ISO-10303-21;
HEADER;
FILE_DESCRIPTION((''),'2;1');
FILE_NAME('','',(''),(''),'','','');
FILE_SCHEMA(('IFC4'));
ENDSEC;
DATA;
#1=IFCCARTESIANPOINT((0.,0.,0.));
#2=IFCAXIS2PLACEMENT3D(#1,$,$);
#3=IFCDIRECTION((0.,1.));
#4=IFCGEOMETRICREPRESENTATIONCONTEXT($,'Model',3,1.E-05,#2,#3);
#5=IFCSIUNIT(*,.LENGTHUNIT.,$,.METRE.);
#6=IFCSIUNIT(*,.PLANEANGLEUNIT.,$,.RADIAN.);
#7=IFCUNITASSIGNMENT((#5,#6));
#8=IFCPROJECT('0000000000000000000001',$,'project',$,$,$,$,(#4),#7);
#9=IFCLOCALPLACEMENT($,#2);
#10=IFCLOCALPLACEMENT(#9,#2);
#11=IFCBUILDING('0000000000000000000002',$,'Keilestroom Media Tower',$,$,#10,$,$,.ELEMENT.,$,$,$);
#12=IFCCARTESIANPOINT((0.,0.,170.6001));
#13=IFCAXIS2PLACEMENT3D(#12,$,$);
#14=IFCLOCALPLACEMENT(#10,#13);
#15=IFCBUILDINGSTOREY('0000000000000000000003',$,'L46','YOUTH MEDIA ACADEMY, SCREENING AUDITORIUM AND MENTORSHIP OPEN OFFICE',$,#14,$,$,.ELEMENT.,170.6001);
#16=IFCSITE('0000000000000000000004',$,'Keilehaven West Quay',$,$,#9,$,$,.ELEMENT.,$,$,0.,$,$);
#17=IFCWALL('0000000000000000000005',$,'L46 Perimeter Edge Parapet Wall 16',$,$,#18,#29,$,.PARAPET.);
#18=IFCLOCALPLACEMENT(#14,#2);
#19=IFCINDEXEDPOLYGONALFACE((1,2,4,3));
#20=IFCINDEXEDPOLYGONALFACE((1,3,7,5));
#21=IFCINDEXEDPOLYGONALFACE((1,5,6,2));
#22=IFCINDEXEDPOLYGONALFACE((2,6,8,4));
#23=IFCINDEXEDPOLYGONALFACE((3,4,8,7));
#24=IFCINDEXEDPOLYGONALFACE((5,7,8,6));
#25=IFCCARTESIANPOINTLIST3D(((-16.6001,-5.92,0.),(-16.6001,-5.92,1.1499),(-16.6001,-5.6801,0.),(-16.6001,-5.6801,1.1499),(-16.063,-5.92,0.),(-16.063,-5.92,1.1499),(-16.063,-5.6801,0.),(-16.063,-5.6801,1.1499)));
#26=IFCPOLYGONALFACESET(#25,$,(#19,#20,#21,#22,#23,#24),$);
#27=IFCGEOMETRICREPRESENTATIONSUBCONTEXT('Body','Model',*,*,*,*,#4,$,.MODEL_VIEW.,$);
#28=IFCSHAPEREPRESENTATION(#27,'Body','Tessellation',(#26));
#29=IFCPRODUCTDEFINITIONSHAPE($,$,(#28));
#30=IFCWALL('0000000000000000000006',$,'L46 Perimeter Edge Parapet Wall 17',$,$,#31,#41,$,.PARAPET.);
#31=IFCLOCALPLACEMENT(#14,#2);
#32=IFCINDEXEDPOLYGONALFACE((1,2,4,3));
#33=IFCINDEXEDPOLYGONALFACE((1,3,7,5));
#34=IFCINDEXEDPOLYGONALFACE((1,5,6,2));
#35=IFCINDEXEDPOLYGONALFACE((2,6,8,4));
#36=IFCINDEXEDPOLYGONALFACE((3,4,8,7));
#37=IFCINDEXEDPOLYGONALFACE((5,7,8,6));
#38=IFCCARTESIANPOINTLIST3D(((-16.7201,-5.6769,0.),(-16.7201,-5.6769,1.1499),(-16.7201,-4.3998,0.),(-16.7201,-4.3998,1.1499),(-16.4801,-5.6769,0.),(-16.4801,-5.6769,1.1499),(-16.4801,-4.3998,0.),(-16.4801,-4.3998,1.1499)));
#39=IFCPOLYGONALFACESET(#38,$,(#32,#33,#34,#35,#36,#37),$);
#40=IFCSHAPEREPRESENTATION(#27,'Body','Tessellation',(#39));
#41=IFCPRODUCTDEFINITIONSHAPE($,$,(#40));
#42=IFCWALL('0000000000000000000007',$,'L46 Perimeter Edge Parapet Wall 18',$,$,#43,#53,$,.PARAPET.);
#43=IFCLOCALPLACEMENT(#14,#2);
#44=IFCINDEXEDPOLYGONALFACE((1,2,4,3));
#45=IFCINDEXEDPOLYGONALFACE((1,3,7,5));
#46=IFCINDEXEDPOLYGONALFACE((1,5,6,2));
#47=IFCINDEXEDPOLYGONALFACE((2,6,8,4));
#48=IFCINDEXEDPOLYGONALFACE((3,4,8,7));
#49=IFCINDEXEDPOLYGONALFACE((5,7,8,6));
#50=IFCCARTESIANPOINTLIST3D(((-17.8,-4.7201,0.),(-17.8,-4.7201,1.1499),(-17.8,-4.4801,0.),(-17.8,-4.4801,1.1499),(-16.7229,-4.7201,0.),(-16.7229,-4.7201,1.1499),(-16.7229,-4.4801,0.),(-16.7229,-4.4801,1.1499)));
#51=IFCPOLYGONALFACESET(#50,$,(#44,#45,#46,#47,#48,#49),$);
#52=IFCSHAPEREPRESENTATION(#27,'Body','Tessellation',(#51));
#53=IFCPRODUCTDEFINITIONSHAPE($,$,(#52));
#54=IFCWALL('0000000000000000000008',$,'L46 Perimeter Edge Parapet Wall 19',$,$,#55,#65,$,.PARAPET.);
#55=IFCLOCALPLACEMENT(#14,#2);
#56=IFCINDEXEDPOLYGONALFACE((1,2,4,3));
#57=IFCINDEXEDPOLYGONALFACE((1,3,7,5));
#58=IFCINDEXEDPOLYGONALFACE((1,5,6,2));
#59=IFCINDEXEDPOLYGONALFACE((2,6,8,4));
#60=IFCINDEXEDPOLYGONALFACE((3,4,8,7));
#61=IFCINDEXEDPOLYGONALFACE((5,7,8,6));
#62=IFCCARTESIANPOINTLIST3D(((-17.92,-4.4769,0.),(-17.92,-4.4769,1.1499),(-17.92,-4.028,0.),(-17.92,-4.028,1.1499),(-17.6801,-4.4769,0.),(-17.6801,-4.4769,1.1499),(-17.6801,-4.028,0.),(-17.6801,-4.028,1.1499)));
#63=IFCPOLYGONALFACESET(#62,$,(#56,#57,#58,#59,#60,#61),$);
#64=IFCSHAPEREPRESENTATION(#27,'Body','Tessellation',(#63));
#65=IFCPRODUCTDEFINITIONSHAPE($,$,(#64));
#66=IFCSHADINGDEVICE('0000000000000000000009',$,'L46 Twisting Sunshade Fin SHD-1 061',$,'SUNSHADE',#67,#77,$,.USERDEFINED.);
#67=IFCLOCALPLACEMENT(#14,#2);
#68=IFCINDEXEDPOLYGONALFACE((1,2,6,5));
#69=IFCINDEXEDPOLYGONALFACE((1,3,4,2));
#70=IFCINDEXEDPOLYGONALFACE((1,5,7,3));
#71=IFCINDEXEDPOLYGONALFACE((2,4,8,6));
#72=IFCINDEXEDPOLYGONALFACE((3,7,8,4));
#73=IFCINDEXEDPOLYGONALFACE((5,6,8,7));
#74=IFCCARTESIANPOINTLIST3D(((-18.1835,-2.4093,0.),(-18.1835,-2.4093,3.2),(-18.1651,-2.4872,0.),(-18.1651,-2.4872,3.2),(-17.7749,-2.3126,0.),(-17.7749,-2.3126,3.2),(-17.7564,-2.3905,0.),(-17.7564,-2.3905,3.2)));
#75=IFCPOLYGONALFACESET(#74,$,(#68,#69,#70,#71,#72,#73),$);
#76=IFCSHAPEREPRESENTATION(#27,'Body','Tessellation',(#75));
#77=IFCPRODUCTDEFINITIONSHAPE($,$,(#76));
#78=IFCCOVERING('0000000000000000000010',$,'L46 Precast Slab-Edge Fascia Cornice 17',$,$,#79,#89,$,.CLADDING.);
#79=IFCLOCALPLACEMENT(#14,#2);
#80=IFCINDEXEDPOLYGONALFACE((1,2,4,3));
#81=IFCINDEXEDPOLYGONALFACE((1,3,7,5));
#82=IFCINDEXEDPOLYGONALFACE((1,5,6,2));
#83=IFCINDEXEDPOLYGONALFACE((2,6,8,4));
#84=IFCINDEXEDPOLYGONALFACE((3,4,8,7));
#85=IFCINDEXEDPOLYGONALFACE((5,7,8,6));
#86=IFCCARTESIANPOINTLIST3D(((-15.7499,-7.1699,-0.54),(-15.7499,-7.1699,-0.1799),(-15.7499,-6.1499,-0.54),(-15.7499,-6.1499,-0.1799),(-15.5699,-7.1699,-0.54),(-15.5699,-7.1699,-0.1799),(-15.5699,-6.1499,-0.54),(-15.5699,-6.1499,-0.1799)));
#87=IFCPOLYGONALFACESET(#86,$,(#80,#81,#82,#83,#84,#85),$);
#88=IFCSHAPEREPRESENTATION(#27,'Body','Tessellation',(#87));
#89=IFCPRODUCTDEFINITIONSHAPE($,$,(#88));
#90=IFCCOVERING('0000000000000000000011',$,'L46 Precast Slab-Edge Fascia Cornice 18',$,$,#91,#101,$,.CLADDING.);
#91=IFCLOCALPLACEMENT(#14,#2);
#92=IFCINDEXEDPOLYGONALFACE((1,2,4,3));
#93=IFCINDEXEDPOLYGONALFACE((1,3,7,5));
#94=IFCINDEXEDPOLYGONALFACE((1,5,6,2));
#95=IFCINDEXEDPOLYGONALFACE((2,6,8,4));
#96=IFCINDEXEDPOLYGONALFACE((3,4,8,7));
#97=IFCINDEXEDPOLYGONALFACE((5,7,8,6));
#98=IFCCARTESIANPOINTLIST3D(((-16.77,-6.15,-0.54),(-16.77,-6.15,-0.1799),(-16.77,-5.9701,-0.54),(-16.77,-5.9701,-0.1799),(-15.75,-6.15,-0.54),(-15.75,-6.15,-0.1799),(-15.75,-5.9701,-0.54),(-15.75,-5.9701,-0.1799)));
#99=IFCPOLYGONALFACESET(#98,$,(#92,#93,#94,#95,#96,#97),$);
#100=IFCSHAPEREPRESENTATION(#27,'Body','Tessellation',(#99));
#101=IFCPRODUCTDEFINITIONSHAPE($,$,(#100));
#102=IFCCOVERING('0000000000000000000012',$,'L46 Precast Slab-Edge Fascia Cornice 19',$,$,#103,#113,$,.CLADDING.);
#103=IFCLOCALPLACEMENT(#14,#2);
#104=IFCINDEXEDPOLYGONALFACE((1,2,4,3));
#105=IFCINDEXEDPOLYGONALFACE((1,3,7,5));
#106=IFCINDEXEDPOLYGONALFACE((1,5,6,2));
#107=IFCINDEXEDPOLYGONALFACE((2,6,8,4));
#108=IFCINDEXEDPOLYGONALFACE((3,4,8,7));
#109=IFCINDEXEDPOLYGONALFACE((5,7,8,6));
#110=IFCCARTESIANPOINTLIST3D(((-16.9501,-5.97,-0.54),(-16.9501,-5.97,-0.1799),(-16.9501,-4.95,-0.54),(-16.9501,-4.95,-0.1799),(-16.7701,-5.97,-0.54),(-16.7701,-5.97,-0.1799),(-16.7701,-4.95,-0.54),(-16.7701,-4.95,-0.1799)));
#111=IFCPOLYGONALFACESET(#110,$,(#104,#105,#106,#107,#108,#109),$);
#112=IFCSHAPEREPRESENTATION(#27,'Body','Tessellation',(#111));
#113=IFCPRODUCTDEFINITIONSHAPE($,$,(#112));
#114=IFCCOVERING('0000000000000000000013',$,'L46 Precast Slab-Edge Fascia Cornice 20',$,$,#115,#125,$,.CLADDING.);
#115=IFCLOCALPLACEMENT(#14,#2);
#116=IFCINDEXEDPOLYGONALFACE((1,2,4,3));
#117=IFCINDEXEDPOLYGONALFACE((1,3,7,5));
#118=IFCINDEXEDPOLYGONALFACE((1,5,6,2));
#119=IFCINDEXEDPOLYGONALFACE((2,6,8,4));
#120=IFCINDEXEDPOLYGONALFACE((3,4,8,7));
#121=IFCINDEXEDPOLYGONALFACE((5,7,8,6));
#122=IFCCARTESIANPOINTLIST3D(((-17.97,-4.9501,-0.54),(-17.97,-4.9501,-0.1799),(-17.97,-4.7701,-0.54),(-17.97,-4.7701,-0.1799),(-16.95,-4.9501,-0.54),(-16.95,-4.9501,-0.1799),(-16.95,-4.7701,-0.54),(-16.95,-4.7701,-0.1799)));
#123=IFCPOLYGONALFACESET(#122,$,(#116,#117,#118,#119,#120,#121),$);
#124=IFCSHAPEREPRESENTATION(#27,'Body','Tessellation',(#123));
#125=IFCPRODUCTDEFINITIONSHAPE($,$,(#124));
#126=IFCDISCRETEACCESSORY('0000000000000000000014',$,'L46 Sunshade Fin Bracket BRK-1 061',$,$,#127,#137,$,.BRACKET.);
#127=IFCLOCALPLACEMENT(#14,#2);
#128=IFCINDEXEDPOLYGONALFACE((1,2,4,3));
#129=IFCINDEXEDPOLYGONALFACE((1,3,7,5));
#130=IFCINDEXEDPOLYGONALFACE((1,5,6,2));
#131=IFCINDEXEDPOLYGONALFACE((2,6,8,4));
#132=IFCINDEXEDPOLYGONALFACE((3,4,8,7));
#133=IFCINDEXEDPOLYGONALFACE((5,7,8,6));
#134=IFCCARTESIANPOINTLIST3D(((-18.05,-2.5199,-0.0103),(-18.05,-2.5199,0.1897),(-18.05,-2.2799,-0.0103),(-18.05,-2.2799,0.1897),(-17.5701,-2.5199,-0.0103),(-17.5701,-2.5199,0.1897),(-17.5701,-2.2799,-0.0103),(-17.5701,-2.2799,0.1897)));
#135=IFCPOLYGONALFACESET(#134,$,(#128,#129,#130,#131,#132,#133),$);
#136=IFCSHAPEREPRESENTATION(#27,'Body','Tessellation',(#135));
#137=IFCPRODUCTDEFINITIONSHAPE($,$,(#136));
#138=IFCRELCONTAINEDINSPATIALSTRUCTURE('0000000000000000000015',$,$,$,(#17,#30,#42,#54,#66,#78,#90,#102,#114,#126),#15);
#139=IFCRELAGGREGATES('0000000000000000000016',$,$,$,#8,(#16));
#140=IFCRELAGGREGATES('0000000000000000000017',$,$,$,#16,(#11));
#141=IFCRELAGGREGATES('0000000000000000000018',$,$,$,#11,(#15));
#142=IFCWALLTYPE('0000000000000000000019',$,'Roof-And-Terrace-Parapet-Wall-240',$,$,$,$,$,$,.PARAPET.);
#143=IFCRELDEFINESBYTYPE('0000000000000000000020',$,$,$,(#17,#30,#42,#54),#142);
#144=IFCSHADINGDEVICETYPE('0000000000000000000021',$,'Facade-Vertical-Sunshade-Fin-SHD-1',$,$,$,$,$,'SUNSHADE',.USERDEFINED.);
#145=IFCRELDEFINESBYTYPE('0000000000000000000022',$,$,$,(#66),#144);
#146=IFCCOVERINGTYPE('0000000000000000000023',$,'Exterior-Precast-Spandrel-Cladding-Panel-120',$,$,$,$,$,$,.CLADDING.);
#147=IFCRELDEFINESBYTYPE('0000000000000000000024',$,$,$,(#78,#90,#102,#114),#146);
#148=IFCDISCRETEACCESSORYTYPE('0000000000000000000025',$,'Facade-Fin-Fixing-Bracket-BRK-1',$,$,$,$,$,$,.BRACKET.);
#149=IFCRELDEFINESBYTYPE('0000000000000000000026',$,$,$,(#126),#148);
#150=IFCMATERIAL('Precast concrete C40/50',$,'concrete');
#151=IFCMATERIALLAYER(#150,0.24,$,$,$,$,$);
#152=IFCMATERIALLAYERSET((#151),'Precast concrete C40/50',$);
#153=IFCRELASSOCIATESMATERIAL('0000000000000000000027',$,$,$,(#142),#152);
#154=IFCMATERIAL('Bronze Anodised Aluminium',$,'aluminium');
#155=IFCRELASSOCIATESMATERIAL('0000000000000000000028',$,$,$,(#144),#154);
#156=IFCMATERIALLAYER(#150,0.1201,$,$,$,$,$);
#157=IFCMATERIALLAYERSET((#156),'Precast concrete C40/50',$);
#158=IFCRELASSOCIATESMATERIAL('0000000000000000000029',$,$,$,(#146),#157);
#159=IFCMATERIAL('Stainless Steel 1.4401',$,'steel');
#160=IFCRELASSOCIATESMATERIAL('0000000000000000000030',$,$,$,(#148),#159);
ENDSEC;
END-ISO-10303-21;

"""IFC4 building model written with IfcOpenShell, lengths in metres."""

from ifc_helpers import new_model, si_unit, direction, frame, frame_2d, origin, origin_2d, place, context, subcontext, project, spatial, rectangle, extrude, source, transform, mapped, material, layer, layer_set, type_object, element, save


model = new_model("IFC4")

# Units and contexts
model_context = context("Model", 3, precision=1e-05, world=origin(), true_north=direction((0.0, 1.0)))
body_context = subcontext(model_context, "Body", "Model", "MODEL_VIEW")
ifc_project = project(units=[si_unit("LENGTHUNIT", "METRE"), si_unit("PLANEANGLEUNIT", "RADIAN")], contexts=[model_context])

# Site, building, storey
site_placement = place(None, origin())
site = spatial("IfcSite", under=ifc_project, at=site_placement, Name="Keilehaven West Quay", CompositionType="ELEMENT", RefElevation=0.0)
building_placement = place(site_placement, origin())
building = spatial("IfcBuilding", under=site, at=building_placement, Name="Keilestroom Media Tower", CompositionType="ELEMENT")
storey_placement = place(building_placement, frame((0.0, 0.0, 170.6001)))
storey = spatial("IfcBuildingStorey", under=building, at=storey_placement, Name="L46", Description="YOUTH MEDIA ACADEMY, SCREENING AUDITORIUM AND MENTORSHIP OPEN OFFICE", CompositionType="ELEMENT", Elevation=170.6001)

# Shared definitions
ifc_material_1 = material(Name="Precast concrete C40/50", Category="concrete")

# Walls
ifc_layer_1 = layer(ifc_material_1, 0.24)
ifc_layer_set_1 = layer_set([ifc_layer_1], Name="Precast concrete C40/50")
wall_type_1 = type_object("IfcWallType", Name="Roof-And-Terrace-Parapet-Wall-240", PredefinedType="PARAPET", material=ifc_layer_set_1)
wall_1_placement = place(storey_placement, frame((-16.063, -5.8, 0.0), z_axis=(0.0, 0.0, 1.0), x_axis=(-1.0, 0.0, 0.0)))
element("IfcWall", 1, at=wall_1_placement, inside=storey, type_object=wall_type_1, Name="L46 Perimeter Edge Parapet Wall 16", PredefinedType="PARAPET", context=body_context, shape_type="SweptSolid", body=[
    extrude(rectangle(XDim=0.5371, YDim=0.24, at=frame_2d((0.2686, 0.0))), origin(), (0.0, 0.0, 1.0), 1.1499),
])
wall_2_placement = place(storey_placement, frame((-16.6001, -5.677, 0.0), z_axis=(0.0, 0.0, 1.0), x_axis=(0.0, 1.0, 0.0)))
element("IfcWall", 2, at=wall_2_placement, inside=storey, type_object=wall_type_1, Name="L46 Perimeter Edge Parapet Wall 17", PredefinedType="PARAPET", context=body_context, shape_type="SweptSolid", body=[
    extrude(rectangle(XDim=1.2771, YDim=0.24, at=frame_2d((0.6387, 0.0))), origin(), (0.0, 0.0, 1.0), 1.1499),
])
wall_3_placement = place(storey_placement, frame((-16.7229, -4.6001, 0.0), z_axis=(0.0, 0.0, 1.0), x_axis=(-1.0, 0.0, 0.0)))
element("IfcWall", 3, at=wall_3_placement, inside=storey, type_object=wall_type_1, Name="L46 Perimeter Edge Parapet Wall 18", PredefinedType="PARAPET", context=body_context, shape_type="SweptSolid", body=[
    extrude(rectangle(XDim=1.0771, YDim=0.24, at=frame_2d((0.5386, 0.0))), origin(), (0.0, 0.0, 1.0), 1.1499),
])
wall_4_placement = place(storey_placement, frame((-17.8, -4.4771, 0.0), z_axis=(0.0, 0.0, 1.0), x_axis=(0.0, 1.0, 0.0)))
element("IfcWall", 4, at=wall_4_placement, inside=storey, type_object=wall_type_1, Name="L46 Perimeter Edge Parapet Wall 19", PredefinedType="PARAPET", context=body_context, shape_type="SweptSolid", body=[
    extrude(rectangle(XDim=0.449, YDim=0.24, at=frame_2d((0.2246, 0.0))), origin(), (0.0, 0.0, 1.0), 1.1499),
])

# Shading device
ifc_material_2 = material(Name="Bronze Anodised Aluminium", Category="aluminium")
shading_device_type = type_object("IfcShadingDeviceType", Name="Facade-Vertical-Sunshade-Fin-SHD-1", ElementType="SUNSHADE", PredefinedType="USERDEFINED", material=ifc_material_2)
shared_shape_1 = source(origin(), body_context, "Body", "SweptSolid", [
    extrude(rectangle(XDim=0.4199, YDim=0.0801, at=origin_2d()), origin(), (0.0, 0.0, 1.0), 3.2),
])
shading_device_placement = place(storey_placement, frame((-17.97, -2.3999, 0.0), z_axis=(0.0, 0.0, 1.0), x_axis=(0.973099, 0.230389, 0.0)))
element("IfcShadingDevice", 5, at=shading_device_placement, inside=storey, type_object=shading_device_type, Name="L46 Twisting Sunshade Fin SHD-1 061", ObjectType="SUNSHADE", PredefinedType="USERDEFINED", context=body_context, shape_type="MappedRepresentation", body=[
    mapped(shared_shape_1, transform((0.0, 0.0, 0.0), x_axis=(1.0, 0.0, 0.0), y_axis=(0.0, 1.0, 0.0), z_axis=(0.0, 0.0, 1.0), scale=1.0)),
])

# Coverings
ifc_layer_2 = layer(ifc_material_1, 0.1201)
ifc_layer_set_2 = layer_set([ifc_layer_2], Name="Precast concrete C40/50")
covering_type = type_object("IfcCoveringType", Name="Exterior-Precast-Spandrel-Cladding-Panel-120", PredefinedType="CLADDING", material=ifc_layer_set_2)
shared_shape_2 = source(origin(), body_context, "Body", "SweptSolid", [
    extrude(rectangle(XDim=1.02, YDim=0.1799, at=origin_2d()), origin(), (0.0, 0.0, 1.0), 0.3601),
])
for number, where, z_axis, x_axis, name in (
    (6, (-15.6599, -6.6599, -0.54), (0.0, 0.0, 1.0), (0.0, 1.0, 0.0), "L46 Precast Slab-Edge Fascia Cornice 17"),
    (7, (-16.26, -6.0601, -0.54), (0.0, 0.0, 1.0), (-1.0, 0.0, 0.0), "L46 Precast Slab-Edge Fascia Cornice 18"),
    (8, (-16.8601, -5.46, -0.54), (0.0, 0.0, 1.0), (0.0, 1.0, 0.0), "L46 Precast Slab-Edge Fascia Cornice 19"),
    (9, (-17.46, -4.8601, -0.54), (0.0, 0.0, 1.0), (-1.0, 0.0, 0.0), "L46 Precast Slab-Edge Fascia Cornice 20"),
):
    element("IfcCovering", number, at=place(storey_placement, frame(where, z_axis=z_axis, x_axis=x_axis)), inside=storey, type_object=covering_type, Name=name, PredefinedType="CLADDING", context=body_context, shape_type="MappedRepresentation", body=[
        mapped(shared_shape_2, transform((0.0, 0.0, 0.0), x_axis=(1.0, 0.0, 0.0), y_axis=(0.0, 1.0, 0.0), z_axis=(0.0, 0.0, 1.0), scale=1.0)),
    ])

# Discrete accessory
ifc_material_3 = material(Name="Stainless Steel 1.4401", Category="steel")
discrete_accessory_type = type_object("IfcDiscreteAccessoryType", Name="Facade-Fin-Fixing-Bracket-BRK-1", PredefinedType="BRACKET", material=ifc_material_3)
shared_shape_3 = source(origin(), body_context, "Body", "SweptSolid", [
    extrude(rectangle(XDim=0.48, YDim=0.24, at=origin_2d()), origin(), (0.0, 0.0, 1.0), 0.2),
])
discrete_accessory_placement = place(storey_placement, frame((-17.8101, -2.3999, -0.0103), z_axis=(0.0, 0.0, 1.0), x_axis=(1.0, 0.0, 0.0)))
element("IfcDiscreteAccessory", 10, at=discrete_accessory_placement, inside=storey, type_object=discrete_accessory_type, Name="L46 Sunshade Fin Bracket BRK-1 061", PredefinedType="BRACKET", context=body_context, shape_type="MappedRepresentation", body=[
    mapped(shared_shape_3, transform((0.0, 0.0, 0.0), x_axis=(1.0, 0.0, 0.0), y_axis=(0.0, 1.0, 0.0), z_axis=(0.0, 0.0, 1.0), scale=1.0)),
])

save(model, "model.ifc")
